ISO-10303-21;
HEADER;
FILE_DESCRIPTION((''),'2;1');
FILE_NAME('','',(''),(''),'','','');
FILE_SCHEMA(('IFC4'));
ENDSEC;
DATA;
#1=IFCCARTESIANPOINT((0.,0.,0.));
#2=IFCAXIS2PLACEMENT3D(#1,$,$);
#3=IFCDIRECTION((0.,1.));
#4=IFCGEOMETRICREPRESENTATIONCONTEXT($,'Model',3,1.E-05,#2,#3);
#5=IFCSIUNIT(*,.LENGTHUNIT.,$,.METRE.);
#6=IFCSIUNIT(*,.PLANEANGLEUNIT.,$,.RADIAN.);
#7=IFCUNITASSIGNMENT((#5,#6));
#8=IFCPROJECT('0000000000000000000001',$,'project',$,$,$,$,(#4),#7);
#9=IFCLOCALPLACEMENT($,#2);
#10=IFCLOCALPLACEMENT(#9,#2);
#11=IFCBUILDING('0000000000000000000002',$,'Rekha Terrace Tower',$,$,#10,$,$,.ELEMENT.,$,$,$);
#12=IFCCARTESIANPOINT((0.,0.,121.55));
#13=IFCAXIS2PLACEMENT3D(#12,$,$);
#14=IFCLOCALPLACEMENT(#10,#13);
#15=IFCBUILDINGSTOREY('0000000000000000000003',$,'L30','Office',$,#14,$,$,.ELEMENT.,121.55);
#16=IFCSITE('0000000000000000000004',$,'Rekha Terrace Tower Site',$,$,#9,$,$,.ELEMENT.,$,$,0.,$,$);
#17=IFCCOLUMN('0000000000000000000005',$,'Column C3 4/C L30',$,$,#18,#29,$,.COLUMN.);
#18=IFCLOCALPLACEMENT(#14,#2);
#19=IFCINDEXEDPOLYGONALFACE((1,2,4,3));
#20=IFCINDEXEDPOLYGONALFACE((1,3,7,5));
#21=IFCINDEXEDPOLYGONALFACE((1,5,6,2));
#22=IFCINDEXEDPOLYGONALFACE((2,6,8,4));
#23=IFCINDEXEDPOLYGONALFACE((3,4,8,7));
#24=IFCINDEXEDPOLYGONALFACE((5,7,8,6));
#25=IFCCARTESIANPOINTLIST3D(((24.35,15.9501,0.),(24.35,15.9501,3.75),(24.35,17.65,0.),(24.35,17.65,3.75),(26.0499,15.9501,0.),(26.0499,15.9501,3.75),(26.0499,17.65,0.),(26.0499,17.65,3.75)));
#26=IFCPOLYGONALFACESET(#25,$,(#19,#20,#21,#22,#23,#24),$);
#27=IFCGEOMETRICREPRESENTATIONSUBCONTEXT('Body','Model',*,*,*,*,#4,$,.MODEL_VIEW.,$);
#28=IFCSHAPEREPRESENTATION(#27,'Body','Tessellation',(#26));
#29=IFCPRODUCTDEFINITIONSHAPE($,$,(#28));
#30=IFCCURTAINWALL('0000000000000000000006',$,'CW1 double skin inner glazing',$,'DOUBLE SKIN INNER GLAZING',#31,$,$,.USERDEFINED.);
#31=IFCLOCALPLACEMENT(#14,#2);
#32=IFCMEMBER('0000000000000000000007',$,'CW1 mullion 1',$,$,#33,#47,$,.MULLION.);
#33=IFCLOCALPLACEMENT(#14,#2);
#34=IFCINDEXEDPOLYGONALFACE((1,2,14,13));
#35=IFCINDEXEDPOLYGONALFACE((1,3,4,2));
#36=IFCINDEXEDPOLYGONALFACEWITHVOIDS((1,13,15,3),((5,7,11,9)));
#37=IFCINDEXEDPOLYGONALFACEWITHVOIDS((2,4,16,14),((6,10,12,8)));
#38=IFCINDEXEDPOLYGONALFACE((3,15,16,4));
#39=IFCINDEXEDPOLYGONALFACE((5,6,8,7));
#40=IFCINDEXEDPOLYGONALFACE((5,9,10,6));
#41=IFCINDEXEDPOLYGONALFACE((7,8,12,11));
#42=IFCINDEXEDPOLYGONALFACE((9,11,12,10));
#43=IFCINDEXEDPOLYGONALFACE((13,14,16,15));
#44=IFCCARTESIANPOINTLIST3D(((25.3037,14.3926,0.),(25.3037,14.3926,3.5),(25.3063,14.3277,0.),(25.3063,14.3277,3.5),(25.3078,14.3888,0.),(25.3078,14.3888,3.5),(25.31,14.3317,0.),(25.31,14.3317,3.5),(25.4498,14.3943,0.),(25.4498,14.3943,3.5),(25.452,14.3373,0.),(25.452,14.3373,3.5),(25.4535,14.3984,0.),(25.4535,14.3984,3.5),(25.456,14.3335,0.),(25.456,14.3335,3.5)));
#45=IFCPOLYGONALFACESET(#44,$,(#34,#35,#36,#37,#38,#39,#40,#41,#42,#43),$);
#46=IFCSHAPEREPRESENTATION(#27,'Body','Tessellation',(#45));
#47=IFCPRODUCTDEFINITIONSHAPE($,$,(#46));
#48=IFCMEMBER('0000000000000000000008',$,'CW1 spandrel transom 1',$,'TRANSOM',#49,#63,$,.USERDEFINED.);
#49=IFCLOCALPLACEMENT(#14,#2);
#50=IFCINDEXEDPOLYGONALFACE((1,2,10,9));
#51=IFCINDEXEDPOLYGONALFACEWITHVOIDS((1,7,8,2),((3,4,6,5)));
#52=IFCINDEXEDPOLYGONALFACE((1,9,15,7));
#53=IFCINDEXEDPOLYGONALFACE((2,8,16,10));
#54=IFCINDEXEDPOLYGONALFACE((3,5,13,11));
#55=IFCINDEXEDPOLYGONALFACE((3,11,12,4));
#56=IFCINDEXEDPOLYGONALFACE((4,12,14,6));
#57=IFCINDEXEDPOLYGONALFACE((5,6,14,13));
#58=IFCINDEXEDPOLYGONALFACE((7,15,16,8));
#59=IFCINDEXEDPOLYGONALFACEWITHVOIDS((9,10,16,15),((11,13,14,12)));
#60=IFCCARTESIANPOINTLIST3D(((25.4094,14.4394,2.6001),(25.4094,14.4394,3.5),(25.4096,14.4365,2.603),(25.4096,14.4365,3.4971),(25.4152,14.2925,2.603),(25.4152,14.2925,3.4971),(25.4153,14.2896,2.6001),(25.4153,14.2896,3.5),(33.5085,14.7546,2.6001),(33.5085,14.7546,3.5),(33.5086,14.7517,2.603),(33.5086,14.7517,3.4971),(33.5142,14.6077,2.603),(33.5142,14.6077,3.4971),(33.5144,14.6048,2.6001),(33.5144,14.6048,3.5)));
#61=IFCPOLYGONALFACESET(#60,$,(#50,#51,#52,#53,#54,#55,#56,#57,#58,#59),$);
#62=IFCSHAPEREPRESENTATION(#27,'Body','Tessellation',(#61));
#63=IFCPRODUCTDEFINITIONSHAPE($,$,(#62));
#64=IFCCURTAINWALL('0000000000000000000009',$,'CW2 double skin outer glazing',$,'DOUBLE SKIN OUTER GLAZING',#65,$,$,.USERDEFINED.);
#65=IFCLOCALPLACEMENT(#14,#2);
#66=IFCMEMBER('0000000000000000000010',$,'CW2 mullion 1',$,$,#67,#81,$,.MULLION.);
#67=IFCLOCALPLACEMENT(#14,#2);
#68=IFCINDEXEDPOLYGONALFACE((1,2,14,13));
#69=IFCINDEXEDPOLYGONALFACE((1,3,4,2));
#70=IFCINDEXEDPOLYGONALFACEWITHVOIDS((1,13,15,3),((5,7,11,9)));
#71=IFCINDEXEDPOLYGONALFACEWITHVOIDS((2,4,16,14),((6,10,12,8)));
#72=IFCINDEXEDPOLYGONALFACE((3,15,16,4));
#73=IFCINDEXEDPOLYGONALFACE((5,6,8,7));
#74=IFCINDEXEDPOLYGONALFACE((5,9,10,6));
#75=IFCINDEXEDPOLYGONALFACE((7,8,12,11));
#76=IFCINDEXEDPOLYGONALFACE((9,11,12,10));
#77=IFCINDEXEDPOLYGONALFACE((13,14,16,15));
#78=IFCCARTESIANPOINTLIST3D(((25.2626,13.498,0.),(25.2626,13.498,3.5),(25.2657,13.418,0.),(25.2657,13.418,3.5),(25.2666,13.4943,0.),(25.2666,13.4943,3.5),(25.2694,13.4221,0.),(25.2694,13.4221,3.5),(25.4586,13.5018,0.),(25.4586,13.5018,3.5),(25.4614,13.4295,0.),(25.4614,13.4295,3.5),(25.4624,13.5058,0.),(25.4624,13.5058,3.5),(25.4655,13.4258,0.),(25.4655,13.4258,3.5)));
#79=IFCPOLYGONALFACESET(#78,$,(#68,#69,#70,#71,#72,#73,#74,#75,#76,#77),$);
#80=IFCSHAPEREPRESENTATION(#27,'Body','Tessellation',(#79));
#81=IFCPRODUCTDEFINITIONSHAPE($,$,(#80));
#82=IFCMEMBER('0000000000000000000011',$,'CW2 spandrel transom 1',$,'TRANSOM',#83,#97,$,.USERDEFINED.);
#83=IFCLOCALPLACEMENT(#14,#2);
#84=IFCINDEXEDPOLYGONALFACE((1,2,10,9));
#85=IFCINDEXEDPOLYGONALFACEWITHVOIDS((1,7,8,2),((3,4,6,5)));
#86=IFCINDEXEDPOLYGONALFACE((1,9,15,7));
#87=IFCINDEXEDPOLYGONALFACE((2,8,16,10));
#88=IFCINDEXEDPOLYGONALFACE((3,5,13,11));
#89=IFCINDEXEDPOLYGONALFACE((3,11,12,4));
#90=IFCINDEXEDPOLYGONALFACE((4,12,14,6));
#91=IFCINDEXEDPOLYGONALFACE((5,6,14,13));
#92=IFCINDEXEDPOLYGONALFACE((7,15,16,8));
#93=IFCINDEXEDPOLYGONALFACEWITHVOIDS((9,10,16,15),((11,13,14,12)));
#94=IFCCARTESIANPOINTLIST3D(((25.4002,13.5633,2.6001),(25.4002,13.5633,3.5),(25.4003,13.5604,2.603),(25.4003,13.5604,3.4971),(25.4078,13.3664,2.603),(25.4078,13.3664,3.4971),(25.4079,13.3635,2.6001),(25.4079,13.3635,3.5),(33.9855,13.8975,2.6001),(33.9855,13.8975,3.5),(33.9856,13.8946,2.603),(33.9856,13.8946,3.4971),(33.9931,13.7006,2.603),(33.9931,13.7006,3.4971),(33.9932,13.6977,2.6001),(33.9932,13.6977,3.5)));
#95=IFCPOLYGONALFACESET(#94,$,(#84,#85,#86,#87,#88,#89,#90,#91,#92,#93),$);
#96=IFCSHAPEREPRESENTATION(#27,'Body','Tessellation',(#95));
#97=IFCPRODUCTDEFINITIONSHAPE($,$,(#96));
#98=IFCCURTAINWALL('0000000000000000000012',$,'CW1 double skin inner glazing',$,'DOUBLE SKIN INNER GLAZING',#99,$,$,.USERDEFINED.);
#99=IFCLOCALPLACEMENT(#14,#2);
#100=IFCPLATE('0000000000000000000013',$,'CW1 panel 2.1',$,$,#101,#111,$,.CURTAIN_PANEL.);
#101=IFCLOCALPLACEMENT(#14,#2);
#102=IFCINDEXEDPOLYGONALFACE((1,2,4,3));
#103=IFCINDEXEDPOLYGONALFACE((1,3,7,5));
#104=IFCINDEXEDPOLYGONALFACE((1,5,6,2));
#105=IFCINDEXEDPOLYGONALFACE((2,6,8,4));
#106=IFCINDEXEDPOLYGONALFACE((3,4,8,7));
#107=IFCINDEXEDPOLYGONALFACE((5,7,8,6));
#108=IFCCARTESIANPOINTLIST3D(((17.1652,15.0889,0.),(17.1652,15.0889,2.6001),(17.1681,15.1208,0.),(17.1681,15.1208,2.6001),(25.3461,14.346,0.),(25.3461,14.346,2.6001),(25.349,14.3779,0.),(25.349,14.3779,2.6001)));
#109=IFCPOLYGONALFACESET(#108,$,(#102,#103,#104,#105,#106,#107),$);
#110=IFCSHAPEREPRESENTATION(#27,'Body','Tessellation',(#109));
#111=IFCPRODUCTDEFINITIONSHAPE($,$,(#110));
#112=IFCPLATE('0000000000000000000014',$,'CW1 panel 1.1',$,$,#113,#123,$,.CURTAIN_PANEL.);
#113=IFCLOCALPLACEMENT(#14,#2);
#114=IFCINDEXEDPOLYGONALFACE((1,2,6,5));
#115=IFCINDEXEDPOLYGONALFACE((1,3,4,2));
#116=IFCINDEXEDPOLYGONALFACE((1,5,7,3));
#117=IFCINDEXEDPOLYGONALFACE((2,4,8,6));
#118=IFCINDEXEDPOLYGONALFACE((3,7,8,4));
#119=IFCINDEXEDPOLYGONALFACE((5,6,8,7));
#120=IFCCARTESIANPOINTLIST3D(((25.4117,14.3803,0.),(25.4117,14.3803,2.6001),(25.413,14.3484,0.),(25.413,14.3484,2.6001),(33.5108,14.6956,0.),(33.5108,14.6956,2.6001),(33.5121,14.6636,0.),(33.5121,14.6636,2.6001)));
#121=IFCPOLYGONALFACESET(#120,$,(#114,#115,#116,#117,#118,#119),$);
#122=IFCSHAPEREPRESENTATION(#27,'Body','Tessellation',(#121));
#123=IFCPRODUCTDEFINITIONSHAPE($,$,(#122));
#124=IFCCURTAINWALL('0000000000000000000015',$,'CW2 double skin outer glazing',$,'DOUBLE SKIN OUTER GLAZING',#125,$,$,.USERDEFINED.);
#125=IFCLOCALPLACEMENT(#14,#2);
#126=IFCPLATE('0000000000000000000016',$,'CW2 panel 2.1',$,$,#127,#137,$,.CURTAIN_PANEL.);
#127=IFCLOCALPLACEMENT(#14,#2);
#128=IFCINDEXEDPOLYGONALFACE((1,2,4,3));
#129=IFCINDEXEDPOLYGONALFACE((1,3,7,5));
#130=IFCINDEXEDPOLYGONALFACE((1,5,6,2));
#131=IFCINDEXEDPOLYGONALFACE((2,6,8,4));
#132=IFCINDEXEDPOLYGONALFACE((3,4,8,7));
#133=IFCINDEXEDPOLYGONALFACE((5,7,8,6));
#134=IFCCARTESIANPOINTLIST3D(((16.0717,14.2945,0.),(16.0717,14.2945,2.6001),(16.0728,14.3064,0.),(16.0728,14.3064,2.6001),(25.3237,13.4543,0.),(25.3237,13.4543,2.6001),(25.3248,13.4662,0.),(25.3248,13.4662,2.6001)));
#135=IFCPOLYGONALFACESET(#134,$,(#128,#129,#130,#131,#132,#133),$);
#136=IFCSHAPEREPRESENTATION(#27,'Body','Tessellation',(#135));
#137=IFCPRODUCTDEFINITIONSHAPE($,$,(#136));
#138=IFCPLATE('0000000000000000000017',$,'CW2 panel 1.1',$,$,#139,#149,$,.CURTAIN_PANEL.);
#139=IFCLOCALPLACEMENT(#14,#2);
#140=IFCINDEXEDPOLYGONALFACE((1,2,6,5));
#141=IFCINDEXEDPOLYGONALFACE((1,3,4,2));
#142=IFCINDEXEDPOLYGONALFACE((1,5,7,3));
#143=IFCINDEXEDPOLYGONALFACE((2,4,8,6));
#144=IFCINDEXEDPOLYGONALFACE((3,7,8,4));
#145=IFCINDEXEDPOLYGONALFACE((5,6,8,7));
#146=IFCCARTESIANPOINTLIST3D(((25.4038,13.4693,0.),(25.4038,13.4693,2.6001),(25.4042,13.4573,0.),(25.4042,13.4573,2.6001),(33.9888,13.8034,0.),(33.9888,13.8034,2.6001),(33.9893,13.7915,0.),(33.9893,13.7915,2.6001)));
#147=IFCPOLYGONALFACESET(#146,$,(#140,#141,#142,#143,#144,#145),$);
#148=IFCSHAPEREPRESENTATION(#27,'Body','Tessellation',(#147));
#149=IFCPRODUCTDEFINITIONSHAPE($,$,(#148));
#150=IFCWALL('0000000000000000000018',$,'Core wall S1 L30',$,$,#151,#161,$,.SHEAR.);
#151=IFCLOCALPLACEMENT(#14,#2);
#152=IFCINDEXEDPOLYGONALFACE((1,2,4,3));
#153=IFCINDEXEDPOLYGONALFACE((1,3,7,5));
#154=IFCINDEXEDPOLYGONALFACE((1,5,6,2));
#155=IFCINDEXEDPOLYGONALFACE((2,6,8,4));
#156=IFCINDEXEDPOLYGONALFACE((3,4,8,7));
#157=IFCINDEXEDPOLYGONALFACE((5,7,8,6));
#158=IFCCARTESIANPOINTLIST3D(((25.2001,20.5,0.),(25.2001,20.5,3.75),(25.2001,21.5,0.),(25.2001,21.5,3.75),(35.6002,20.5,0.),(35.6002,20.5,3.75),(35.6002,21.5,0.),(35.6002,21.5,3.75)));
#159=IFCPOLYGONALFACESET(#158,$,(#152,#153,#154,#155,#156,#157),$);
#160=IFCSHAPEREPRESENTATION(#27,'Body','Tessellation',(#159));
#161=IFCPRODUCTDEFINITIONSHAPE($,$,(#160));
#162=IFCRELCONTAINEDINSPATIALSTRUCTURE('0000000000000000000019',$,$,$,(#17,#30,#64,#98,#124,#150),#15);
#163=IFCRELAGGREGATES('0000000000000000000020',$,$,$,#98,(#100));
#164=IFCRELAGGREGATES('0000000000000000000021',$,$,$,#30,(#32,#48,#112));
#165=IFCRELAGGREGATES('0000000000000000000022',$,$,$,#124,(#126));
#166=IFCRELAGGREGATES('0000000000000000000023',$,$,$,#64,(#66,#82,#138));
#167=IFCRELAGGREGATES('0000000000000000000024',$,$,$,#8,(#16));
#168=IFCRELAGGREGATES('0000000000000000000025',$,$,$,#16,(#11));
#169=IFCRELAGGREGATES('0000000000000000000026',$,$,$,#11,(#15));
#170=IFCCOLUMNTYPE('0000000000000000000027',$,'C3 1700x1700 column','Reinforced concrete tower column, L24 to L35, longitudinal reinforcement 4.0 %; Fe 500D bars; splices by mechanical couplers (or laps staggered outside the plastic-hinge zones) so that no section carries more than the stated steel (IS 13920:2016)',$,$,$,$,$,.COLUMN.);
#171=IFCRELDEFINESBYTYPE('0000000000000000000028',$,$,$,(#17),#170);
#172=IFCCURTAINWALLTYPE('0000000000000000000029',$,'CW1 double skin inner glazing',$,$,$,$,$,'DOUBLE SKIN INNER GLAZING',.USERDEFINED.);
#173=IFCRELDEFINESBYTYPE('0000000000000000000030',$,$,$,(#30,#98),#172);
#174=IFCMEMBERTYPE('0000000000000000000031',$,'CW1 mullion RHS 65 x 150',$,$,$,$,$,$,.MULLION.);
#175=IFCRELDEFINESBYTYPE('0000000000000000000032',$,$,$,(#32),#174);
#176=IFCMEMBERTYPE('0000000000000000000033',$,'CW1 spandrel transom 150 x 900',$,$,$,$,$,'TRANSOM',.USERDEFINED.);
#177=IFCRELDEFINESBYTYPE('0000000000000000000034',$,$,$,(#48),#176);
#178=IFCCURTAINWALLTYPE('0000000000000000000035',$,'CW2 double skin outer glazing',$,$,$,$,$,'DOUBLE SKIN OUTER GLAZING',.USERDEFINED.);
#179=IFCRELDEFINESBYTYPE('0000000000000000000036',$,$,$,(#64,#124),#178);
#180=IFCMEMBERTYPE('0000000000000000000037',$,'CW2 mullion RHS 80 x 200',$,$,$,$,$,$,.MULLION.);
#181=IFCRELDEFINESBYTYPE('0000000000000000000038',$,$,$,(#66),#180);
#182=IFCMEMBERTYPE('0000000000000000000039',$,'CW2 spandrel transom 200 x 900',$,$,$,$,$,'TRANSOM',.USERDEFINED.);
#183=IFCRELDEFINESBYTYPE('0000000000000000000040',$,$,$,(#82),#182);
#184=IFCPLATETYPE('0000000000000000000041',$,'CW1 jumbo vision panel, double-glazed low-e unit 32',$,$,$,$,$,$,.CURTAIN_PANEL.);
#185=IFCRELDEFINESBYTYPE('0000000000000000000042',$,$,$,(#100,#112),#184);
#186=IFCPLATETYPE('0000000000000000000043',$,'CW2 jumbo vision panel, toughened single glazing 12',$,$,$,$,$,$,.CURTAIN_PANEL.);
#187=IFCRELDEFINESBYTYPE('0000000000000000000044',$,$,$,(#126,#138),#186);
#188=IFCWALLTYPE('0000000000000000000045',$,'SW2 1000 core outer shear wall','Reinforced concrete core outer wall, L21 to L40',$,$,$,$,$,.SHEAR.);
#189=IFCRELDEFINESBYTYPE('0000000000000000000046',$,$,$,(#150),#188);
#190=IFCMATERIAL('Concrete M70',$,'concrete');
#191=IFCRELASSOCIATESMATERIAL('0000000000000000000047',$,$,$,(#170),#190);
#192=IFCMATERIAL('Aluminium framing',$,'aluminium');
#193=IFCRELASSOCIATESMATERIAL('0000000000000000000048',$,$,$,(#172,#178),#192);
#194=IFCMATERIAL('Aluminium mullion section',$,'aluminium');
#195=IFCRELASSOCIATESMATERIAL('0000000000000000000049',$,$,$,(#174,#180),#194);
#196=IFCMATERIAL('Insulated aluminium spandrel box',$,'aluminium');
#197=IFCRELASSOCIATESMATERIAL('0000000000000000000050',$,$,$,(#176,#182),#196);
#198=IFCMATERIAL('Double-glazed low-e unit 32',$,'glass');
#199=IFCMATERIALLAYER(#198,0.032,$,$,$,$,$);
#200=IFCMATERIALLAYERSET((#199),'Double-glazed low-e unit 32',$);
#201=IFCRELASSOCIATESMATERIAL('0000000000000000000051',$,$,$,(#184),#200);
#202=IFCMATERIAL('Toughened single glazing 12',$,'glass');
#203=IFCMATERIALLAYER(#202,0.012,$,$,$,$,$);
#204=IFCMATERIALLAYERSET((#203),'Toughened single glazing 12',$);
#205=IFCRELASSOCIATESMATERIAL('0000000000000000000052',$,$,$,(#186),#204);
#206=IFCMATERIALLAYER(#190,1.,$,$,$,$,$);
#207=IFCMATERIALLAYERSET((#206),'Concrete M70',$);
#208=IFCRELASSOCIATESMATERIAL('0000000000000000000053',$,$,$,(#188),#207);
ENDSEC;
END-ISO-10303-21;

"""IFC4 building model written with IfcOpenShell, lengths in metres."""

from ifc_helpers import new_model, si_unit, direction, frame, frame_2d, origin, origin_2d, place, context, subcontext, project, spatial, rectangle, hollow_rectangle, extrude, material, layer, layer_set, material_profile, profile_set, type_object, element, aggregate, save


model = new_model("IFC4")

# Units and contexts
model_context = context("Model", 3, precision=1e-05, world=origin(), true_north=direction((0.0, 1.0)))
body_context = subcontext(model_context, "Body", "Model", "MODEL_VIEW")
ifc_project = project(units=[si_unit("LENGTHUNIT", "METRE"), si_unit("PLANEANGLEUNIT", "RADIAN")], contexts=[model_context])

# Site, building, storey
site_placement = place(None, origin())
site = spatial("IfcSite", under=ifc_project, at=site_placement, Name="Rekha Terrace Tower Site", CompositionType="ELEMENT", RefElevation=0.0)
building_placement = place(site_placement, origin())
building = spatial("IfcBuilding", under=site, at=building_placement, Name="Rekha Terrace Tower", CompositionType="ELEMENT")
storey_placement = place(building_placement, frame((0.0, 0.0, 121.55)))
storey = spatial("IfcBuildingStorey", under=building, at=storey_placement, Name="L30", Description="Office", CompositionType="ELEMENT", Elevation=121.55)

# Column
ifc_material_1 = material(Name="Concrete M70", Category="concrete")
ifc_material_profile_1 = material_profile(ifc_material_1, rectangle(XDim=1.7, YDim=1.7, at=origin_2d()), Name="RC 1700x1700")
ifc_profile_set_1 = profile_set([ifc_material_profile_1], Name="Concrete M70")
column_type = type_object("IfcColumnType", Name="C3 1700x1700 column", Description="Reinforced concrete tower column, L24 to L35, longitudinal reinforcement 4.0 %; Fe 500D bars; splices by mechanical couplers (or laps staggered outside the plastic-hinge zones) so that no section carries more than the stated steel (IS 13920:2016)", PredefinedType="COLUMN", material=ifc_profile_set_1)
column_placement = place(storey_placement, frame((25.2, 16.8, 0.0), z_axis=(0.0, 0.0, 1.0), x_axis=(1.0, 0.0, 0.0)))
element("IfcColumn", 1, at=column_placement, inside=storey, type_object=column_type, Name="Column C3 4/C L30", PredefinedType="COLUMN", context=body_context, shape_type="SweptSolid", body=[
    extrude(rectangle(XDim=1.7, YDim=1.7, at=origin_2d()), origin(), (0.0, 0.0, 1.0), 3.75),
])

# Curtain walls, members
ifc_material_2 = material(Name="Aluminium framing", Category="aluminium")
curtain_wall_type_1 = type_object("IfcCurtainWallType", Name="CW1 double skin inner glazing", ElementType="DOUBLE SKIN INNER GLAZING", PredefinedType="USERDEFINED", material=ifc_material_2)
curtain_wall_1_placement = place(storey_placement, origin())
curtain_wall_1 = element("IfcCurtainWall", 2, at=curtain_wall_1_placement, inside=storey, type_object=curtain_wall_type_1, Name="CW1 double skin inner glazing", ObjectType="DOUBLE SKIN INNER GLAZING", PredefinedType="USERDEFINED")
ifc_material_3 = material(Name="Aluminium mullion section", Category="aluminium")
ifc_material_profile_2 = material_profile(ifc_material_3, hollow_rectangle(XDim=0.0649, YDim=0.1499, WallThickness=0.0039, at=origin_2d()), Name="AL RHS 65x150")
ifc_profile_set_2 = profile_set([ifc_material_profile_2], Name="Aluminium mullion section")
member_type_1 = type_object("IfcMemberType", Name="CW1 mullion RHS 65 x 150", PredefinedType="MULLION", material=ifc_profile_set_2)
member_1_placement = place(storey_placement, frame((25.3799, 14.363, 0.0), z_axis=(0.0, 0.0, 1.0), x_axis=(-0.03889, 0.999243, 0.0)))
member_1 = element("IfcMember", 3, at=member_1_placement, type_object=member_type_1, Name="CW1 mullion 1", PredefinedType="MULLION", context=body_context, shape_type="SweptSolid", body=[
    extrude(hollow_rectangle(XDim=0.0649, YDim=0.1499, WallThickness=0.0039, at=origin_2d()), origin(), (0.0, 0.0, 1.0), 3.5),
])
ifc_material_4 = material(Name="Insulated aluminium spandrel box", Category="aluminium")
ifc_material_profile_3 = material_profile(ifc_material_4, hollow_rectangle(XDim=0.1499, YDim=0.8999, WallThickness=0.0029, at=origin_2d()), Name="AL SPANDREL BOX 150x900")
ifc_profile_set_3 = profile_set([ifc_material_profile_3], Name="Insulated aluminium spandrel box")
member_type_2 = type_object("IfcMemberType", Name="CW1 spandrel transom 150 x 900", ElementType="TRANSOM", PredefinedType="USERDEFINED", material=ifc_profile_set_3)
member_2_placement = place(storey_placement, frame((25.4124, 14.3645, 3.05), z_axis=(0.999244, 0.038887, 0.0), x_axis=(-0.038887, 0.999244, 0.0)))
member_2 = element("IfcMember", 4, at=member_2_placement, type_object=member_type_2, Name="CW1 spandrel transom 1", ObjectType="TRANSOM", PredefinedType="USERDEFINED", context=body_context, shape_type="SweptSolid", body=[
    extrude(hollow_rectangle(XDim=0.1499, YDim=0.8999, WallThickness=0.0029, at=origin_2d()), origin(), (0.0, 0.0, 1.0), 8.1052),
])
curtain_wall_type_2 = type_object("IfcCurtainWallType", Name="CW2 double skin outer glazing", ElementType="DOUBLE SKIN OUTER GLAZING", PredefinedType="USERDEFINED", material=ifc_material_2)
curtain_wall_2_placement = place(storey_placement, origin())
curtain_wall_2 = element("IfcCurtainWall", 5, at=curtain_wall_2_placement, inside=storey, type_object=curtain_wall_type_2, Name="CW2 double skin outer glazing", ObjectType="DOUBLE SKIN OUTER GLAZING", PredefinedType="USERDEFINED")
ifc_material_profile_4 = material_profile(ifc_material_3, hollow_rectangle(XDim=0.0801, YDim=0.2, WallThickness=0.0039, at=origin_2d()), Name="AL RHS 80x200")
ifc_profile_set_4 = profile_set([ifc_material_profile_4], Name="Aluminium mullion section")
member_type_3 = type_object("IfcMemberType", Name="CW2 mullion RHS 80 x 200", PredefinedType="MULLION", material=ifc_profile_set_4)
member_3_placement = place(storey_placement, frame((25.364, 13.4619, 0.0), z_axis=(0.0, 0.0, 1.0), x_axis=(-0.03889, 0.999243, 0.0)))
member_3 = element("IfcMember", 6, at=member_3_placement, type_object=member_type_3, Name="CW2 mullion 1", PredefinedType="MULLION", context=body_context, shape_type="SweptSolid", body=[
    extrude(hollow_rectangle(XDim=0.0801, YDim=0.2, WallThickness=0.0039, at=origin_2d()), origin(), (0.0, 0.0, 1.0), 3.5),
])
ifc_material_profile_5 = material_profile(ifc_material_4, hollow_rectangle(XDim=0.2, YDim=0.8999, WallThickness=0.0029, at=origin_2d()), Name="AL SPANDREL BOX 200x900")
ifc_profile_set_5 = profile_set([ifc_material_profile_5], Name="Insulated aluminium spandrel box")
member_type_4 = type_object("IfcMemberType", Name="CW2 spandrel transom 200 x 900", ElementType="TRANSOM", PredefinedType="USERDEFINED", material=ifc_profile_set_5)
member_4_placement = place(storey_placement, frame((25.4041, 13.4634, 3.05), z_axis=(0.999243, 0.038901, 0.0), x_axis=(-0.038901, 0.999243, 0.0)))
member_4 = element("IfcMember", 7, at=member_4_placement, type_object=member_type_4, Name="CW2 spandrel transom 1", ObjectType="TRANSOM", PredefinedType="USERDEFINED", context=body_context, shape_type="SweptSolid", body=[
    extrude(hollow_rectangle(XDim=0.2, YDim=0.8999, WallThickness=0.0029, at=origin_2d()), origin(), (0.0, 0.0, 1.0), 8.5918),
])

# Curtain wall, plate
curtain_wall_3_placement = place(storey_placement, origin())
curtain_wall_3 = element("IfcCurtainWall", 8, at=curtain_wall_3_placement, inside=storey, type_object=curtain_wall_type_1, Name="CW1 double skin inner glazing", ObjectType="DOUBLE SKIN INNER GLAZING", PredefinedType="USERDEFINED")
ifc_material_5 = material(Name="Double-glazed low-e unit 32", Category="glass")
ifc_layer_1 = layer(ifc_material_5, 0.032)
ifc_layer_set_1 = layer_set([ifc_layer_1], Name="Double-glazed low-e unit 32")
plate_type_1 = type_object("IfcPlateType", Name="CW1 jumbo vision panel, double-glazed low-e unit 32", PredefinedType="CURTAIN_PANEL", material=ifc_layer_set_1)
plate_1_placement = place(storey_placement, frame((21.2571, 14.7334, 0.0), z_axis=(0.0, 0.0, 1.0), x_axis=(0.995902, -0.09044, 0.0)))
plate_1 = element("IfcPlate", 9, at=plate_1_placement, type_object=plate_type_1, Name="CW1 panel 2.1", PredefinedType="CURTAIN_PANEL", context=body_context, shape_type="SweptSolid", body=[
    extrude(rectangle(XDim=8.2146, YDim=0.032, at=origin_2d()), origin(), (0.0, 0.0, 1.0), 2.6001),
])
aggregate(curtain_wall_3, [plate_1])

# Plate
plate_2_placement = place(storey_placement, frame((29.4619, 14.522, 0.0), z_axis=(0.0, 0.0, 1.0), x_axis=(0.999243, 0.03889, 0.0)))
plate_2 = element("IfcPlate", 10, at=plate_2_placement, type_object=plate_type_1, Name="CW1 panel 1.1", PredefinedType="CURTAIN_PANEL", context=body_context, shape_type="SweptSolid", body=[
    extrude(rectangle(XDim=8.1052, YDim=0.032, at=origin_2d()), origin(), (0.0, 0.0, 1.0), 2.6001),
])
aggregate(curtain_wall_1, [member_1, member_2, plate_2])

# Curtain wall, plate
curtain_wall_4_placement = place(storey_placement, origin())
curtain_wall_4 = element("IfcCurtainWall", 11, at=curtain_wall_4_placement, inside=storey, type_object=curtain_wall_type_2, Name="CW2 double skin outer glazing", ObjectType="DOUBLE SKIN OUTER GLAZING", PredefinedType="USERDEFINED")
ifc_material_6 = material(Name="Toughened single glazing 12", Category="glass")
ifc_layer_2 = layer(ifc_material_6, 0.012)
ifc_layer_set_2 = layer_set([ifc_layer_2], Name="Toughened single glazing 12")
plate_type_2 = type_object("IfcPlateType", Name="CW2 jumbo vision panel, toughened single glazing 12", PredefinedType="CURTAIN_PANEL", material=ifc_layer_set_2)
plate_3_placement = place(storey_placement, frame((20.6982, 13.8804, 0.0), z_axis=(0.0, 0.0, 1.0), x_axis=(0.995902, -0.09044, 0.0)))
plate_3 = element("IfcPlate", 12, at=plate_3_placement, type_object=plate_type_2, Name="CW2 panel 2.1", PredefinedType="CURTAIN_PANEL", context=body_context, shape_type="SweptSolid", body=[
    extrude(rectangle(XDim=9.29, YDim=0.012, at=origin_2d()), origin(), (0.0, 0.0, 1.0), 2.6001),
])
aggregate(curtain_wall_4, [plate_3])

# Plate
plate_4_placement = place(storey_placement, frame((29.6965, 13.6304, 0.0), z_axis=(0.0, 0.0, 1.0), x_axis=(0.999243, 0.03889, 0.0)))
plate_4 = element("IfcPlate", 13, at=plate_4_placement, type_object=plate_type_2, Name="CW2 panel 1.1", PredefinedType="CURTAIN_PANEL", context=body_context, shape_type="SweptSolid", body=[
    extrude(rectangle(XDim=8.5916, YDim=0.012, at=origin_2d()), origin(), (0.0, 0.0, 1.0), 2.6001),
])
aggregate(curtain_wall_2, [member_3, member_4, plate_4])

# Wall
ifc_layer_3 = layer(ifc_material_1, 1.0)
ifc_layer_set_3 = layer_set([ifc_layer_3], Name="Concrete M70")
wall_type_1 = type_object("IfcWallType", Name="SW2 1000 core outer shear wall", Description="Reinforced concrete core outer wall, L21 to L40", PredefinedType="SHEAR", material=ifc_layer_set_3)
wall_1_placement = place(storey_placement, frame((25.2, 21.0, 0.0), z_axis=(0.0, 0.0, 1.0), x_axis=(1.0, 0.0, 0.0)))
element("IfcWall", 14, at=wall_1_placement, inside=storey, type_object=wall_type_1, Name="Core wall S1 L30", PredefinedType="SHEAR", context=body_context, shape_type="SweptSolid", body=[
    extrude(rectangle(XDim=10.4001, YDim=1.0, at=frame_2d((5.2002, 0.0))), origin(), (0.0, 0.0, 1.0), 3.75),
])

save(model, "model.ifc")
